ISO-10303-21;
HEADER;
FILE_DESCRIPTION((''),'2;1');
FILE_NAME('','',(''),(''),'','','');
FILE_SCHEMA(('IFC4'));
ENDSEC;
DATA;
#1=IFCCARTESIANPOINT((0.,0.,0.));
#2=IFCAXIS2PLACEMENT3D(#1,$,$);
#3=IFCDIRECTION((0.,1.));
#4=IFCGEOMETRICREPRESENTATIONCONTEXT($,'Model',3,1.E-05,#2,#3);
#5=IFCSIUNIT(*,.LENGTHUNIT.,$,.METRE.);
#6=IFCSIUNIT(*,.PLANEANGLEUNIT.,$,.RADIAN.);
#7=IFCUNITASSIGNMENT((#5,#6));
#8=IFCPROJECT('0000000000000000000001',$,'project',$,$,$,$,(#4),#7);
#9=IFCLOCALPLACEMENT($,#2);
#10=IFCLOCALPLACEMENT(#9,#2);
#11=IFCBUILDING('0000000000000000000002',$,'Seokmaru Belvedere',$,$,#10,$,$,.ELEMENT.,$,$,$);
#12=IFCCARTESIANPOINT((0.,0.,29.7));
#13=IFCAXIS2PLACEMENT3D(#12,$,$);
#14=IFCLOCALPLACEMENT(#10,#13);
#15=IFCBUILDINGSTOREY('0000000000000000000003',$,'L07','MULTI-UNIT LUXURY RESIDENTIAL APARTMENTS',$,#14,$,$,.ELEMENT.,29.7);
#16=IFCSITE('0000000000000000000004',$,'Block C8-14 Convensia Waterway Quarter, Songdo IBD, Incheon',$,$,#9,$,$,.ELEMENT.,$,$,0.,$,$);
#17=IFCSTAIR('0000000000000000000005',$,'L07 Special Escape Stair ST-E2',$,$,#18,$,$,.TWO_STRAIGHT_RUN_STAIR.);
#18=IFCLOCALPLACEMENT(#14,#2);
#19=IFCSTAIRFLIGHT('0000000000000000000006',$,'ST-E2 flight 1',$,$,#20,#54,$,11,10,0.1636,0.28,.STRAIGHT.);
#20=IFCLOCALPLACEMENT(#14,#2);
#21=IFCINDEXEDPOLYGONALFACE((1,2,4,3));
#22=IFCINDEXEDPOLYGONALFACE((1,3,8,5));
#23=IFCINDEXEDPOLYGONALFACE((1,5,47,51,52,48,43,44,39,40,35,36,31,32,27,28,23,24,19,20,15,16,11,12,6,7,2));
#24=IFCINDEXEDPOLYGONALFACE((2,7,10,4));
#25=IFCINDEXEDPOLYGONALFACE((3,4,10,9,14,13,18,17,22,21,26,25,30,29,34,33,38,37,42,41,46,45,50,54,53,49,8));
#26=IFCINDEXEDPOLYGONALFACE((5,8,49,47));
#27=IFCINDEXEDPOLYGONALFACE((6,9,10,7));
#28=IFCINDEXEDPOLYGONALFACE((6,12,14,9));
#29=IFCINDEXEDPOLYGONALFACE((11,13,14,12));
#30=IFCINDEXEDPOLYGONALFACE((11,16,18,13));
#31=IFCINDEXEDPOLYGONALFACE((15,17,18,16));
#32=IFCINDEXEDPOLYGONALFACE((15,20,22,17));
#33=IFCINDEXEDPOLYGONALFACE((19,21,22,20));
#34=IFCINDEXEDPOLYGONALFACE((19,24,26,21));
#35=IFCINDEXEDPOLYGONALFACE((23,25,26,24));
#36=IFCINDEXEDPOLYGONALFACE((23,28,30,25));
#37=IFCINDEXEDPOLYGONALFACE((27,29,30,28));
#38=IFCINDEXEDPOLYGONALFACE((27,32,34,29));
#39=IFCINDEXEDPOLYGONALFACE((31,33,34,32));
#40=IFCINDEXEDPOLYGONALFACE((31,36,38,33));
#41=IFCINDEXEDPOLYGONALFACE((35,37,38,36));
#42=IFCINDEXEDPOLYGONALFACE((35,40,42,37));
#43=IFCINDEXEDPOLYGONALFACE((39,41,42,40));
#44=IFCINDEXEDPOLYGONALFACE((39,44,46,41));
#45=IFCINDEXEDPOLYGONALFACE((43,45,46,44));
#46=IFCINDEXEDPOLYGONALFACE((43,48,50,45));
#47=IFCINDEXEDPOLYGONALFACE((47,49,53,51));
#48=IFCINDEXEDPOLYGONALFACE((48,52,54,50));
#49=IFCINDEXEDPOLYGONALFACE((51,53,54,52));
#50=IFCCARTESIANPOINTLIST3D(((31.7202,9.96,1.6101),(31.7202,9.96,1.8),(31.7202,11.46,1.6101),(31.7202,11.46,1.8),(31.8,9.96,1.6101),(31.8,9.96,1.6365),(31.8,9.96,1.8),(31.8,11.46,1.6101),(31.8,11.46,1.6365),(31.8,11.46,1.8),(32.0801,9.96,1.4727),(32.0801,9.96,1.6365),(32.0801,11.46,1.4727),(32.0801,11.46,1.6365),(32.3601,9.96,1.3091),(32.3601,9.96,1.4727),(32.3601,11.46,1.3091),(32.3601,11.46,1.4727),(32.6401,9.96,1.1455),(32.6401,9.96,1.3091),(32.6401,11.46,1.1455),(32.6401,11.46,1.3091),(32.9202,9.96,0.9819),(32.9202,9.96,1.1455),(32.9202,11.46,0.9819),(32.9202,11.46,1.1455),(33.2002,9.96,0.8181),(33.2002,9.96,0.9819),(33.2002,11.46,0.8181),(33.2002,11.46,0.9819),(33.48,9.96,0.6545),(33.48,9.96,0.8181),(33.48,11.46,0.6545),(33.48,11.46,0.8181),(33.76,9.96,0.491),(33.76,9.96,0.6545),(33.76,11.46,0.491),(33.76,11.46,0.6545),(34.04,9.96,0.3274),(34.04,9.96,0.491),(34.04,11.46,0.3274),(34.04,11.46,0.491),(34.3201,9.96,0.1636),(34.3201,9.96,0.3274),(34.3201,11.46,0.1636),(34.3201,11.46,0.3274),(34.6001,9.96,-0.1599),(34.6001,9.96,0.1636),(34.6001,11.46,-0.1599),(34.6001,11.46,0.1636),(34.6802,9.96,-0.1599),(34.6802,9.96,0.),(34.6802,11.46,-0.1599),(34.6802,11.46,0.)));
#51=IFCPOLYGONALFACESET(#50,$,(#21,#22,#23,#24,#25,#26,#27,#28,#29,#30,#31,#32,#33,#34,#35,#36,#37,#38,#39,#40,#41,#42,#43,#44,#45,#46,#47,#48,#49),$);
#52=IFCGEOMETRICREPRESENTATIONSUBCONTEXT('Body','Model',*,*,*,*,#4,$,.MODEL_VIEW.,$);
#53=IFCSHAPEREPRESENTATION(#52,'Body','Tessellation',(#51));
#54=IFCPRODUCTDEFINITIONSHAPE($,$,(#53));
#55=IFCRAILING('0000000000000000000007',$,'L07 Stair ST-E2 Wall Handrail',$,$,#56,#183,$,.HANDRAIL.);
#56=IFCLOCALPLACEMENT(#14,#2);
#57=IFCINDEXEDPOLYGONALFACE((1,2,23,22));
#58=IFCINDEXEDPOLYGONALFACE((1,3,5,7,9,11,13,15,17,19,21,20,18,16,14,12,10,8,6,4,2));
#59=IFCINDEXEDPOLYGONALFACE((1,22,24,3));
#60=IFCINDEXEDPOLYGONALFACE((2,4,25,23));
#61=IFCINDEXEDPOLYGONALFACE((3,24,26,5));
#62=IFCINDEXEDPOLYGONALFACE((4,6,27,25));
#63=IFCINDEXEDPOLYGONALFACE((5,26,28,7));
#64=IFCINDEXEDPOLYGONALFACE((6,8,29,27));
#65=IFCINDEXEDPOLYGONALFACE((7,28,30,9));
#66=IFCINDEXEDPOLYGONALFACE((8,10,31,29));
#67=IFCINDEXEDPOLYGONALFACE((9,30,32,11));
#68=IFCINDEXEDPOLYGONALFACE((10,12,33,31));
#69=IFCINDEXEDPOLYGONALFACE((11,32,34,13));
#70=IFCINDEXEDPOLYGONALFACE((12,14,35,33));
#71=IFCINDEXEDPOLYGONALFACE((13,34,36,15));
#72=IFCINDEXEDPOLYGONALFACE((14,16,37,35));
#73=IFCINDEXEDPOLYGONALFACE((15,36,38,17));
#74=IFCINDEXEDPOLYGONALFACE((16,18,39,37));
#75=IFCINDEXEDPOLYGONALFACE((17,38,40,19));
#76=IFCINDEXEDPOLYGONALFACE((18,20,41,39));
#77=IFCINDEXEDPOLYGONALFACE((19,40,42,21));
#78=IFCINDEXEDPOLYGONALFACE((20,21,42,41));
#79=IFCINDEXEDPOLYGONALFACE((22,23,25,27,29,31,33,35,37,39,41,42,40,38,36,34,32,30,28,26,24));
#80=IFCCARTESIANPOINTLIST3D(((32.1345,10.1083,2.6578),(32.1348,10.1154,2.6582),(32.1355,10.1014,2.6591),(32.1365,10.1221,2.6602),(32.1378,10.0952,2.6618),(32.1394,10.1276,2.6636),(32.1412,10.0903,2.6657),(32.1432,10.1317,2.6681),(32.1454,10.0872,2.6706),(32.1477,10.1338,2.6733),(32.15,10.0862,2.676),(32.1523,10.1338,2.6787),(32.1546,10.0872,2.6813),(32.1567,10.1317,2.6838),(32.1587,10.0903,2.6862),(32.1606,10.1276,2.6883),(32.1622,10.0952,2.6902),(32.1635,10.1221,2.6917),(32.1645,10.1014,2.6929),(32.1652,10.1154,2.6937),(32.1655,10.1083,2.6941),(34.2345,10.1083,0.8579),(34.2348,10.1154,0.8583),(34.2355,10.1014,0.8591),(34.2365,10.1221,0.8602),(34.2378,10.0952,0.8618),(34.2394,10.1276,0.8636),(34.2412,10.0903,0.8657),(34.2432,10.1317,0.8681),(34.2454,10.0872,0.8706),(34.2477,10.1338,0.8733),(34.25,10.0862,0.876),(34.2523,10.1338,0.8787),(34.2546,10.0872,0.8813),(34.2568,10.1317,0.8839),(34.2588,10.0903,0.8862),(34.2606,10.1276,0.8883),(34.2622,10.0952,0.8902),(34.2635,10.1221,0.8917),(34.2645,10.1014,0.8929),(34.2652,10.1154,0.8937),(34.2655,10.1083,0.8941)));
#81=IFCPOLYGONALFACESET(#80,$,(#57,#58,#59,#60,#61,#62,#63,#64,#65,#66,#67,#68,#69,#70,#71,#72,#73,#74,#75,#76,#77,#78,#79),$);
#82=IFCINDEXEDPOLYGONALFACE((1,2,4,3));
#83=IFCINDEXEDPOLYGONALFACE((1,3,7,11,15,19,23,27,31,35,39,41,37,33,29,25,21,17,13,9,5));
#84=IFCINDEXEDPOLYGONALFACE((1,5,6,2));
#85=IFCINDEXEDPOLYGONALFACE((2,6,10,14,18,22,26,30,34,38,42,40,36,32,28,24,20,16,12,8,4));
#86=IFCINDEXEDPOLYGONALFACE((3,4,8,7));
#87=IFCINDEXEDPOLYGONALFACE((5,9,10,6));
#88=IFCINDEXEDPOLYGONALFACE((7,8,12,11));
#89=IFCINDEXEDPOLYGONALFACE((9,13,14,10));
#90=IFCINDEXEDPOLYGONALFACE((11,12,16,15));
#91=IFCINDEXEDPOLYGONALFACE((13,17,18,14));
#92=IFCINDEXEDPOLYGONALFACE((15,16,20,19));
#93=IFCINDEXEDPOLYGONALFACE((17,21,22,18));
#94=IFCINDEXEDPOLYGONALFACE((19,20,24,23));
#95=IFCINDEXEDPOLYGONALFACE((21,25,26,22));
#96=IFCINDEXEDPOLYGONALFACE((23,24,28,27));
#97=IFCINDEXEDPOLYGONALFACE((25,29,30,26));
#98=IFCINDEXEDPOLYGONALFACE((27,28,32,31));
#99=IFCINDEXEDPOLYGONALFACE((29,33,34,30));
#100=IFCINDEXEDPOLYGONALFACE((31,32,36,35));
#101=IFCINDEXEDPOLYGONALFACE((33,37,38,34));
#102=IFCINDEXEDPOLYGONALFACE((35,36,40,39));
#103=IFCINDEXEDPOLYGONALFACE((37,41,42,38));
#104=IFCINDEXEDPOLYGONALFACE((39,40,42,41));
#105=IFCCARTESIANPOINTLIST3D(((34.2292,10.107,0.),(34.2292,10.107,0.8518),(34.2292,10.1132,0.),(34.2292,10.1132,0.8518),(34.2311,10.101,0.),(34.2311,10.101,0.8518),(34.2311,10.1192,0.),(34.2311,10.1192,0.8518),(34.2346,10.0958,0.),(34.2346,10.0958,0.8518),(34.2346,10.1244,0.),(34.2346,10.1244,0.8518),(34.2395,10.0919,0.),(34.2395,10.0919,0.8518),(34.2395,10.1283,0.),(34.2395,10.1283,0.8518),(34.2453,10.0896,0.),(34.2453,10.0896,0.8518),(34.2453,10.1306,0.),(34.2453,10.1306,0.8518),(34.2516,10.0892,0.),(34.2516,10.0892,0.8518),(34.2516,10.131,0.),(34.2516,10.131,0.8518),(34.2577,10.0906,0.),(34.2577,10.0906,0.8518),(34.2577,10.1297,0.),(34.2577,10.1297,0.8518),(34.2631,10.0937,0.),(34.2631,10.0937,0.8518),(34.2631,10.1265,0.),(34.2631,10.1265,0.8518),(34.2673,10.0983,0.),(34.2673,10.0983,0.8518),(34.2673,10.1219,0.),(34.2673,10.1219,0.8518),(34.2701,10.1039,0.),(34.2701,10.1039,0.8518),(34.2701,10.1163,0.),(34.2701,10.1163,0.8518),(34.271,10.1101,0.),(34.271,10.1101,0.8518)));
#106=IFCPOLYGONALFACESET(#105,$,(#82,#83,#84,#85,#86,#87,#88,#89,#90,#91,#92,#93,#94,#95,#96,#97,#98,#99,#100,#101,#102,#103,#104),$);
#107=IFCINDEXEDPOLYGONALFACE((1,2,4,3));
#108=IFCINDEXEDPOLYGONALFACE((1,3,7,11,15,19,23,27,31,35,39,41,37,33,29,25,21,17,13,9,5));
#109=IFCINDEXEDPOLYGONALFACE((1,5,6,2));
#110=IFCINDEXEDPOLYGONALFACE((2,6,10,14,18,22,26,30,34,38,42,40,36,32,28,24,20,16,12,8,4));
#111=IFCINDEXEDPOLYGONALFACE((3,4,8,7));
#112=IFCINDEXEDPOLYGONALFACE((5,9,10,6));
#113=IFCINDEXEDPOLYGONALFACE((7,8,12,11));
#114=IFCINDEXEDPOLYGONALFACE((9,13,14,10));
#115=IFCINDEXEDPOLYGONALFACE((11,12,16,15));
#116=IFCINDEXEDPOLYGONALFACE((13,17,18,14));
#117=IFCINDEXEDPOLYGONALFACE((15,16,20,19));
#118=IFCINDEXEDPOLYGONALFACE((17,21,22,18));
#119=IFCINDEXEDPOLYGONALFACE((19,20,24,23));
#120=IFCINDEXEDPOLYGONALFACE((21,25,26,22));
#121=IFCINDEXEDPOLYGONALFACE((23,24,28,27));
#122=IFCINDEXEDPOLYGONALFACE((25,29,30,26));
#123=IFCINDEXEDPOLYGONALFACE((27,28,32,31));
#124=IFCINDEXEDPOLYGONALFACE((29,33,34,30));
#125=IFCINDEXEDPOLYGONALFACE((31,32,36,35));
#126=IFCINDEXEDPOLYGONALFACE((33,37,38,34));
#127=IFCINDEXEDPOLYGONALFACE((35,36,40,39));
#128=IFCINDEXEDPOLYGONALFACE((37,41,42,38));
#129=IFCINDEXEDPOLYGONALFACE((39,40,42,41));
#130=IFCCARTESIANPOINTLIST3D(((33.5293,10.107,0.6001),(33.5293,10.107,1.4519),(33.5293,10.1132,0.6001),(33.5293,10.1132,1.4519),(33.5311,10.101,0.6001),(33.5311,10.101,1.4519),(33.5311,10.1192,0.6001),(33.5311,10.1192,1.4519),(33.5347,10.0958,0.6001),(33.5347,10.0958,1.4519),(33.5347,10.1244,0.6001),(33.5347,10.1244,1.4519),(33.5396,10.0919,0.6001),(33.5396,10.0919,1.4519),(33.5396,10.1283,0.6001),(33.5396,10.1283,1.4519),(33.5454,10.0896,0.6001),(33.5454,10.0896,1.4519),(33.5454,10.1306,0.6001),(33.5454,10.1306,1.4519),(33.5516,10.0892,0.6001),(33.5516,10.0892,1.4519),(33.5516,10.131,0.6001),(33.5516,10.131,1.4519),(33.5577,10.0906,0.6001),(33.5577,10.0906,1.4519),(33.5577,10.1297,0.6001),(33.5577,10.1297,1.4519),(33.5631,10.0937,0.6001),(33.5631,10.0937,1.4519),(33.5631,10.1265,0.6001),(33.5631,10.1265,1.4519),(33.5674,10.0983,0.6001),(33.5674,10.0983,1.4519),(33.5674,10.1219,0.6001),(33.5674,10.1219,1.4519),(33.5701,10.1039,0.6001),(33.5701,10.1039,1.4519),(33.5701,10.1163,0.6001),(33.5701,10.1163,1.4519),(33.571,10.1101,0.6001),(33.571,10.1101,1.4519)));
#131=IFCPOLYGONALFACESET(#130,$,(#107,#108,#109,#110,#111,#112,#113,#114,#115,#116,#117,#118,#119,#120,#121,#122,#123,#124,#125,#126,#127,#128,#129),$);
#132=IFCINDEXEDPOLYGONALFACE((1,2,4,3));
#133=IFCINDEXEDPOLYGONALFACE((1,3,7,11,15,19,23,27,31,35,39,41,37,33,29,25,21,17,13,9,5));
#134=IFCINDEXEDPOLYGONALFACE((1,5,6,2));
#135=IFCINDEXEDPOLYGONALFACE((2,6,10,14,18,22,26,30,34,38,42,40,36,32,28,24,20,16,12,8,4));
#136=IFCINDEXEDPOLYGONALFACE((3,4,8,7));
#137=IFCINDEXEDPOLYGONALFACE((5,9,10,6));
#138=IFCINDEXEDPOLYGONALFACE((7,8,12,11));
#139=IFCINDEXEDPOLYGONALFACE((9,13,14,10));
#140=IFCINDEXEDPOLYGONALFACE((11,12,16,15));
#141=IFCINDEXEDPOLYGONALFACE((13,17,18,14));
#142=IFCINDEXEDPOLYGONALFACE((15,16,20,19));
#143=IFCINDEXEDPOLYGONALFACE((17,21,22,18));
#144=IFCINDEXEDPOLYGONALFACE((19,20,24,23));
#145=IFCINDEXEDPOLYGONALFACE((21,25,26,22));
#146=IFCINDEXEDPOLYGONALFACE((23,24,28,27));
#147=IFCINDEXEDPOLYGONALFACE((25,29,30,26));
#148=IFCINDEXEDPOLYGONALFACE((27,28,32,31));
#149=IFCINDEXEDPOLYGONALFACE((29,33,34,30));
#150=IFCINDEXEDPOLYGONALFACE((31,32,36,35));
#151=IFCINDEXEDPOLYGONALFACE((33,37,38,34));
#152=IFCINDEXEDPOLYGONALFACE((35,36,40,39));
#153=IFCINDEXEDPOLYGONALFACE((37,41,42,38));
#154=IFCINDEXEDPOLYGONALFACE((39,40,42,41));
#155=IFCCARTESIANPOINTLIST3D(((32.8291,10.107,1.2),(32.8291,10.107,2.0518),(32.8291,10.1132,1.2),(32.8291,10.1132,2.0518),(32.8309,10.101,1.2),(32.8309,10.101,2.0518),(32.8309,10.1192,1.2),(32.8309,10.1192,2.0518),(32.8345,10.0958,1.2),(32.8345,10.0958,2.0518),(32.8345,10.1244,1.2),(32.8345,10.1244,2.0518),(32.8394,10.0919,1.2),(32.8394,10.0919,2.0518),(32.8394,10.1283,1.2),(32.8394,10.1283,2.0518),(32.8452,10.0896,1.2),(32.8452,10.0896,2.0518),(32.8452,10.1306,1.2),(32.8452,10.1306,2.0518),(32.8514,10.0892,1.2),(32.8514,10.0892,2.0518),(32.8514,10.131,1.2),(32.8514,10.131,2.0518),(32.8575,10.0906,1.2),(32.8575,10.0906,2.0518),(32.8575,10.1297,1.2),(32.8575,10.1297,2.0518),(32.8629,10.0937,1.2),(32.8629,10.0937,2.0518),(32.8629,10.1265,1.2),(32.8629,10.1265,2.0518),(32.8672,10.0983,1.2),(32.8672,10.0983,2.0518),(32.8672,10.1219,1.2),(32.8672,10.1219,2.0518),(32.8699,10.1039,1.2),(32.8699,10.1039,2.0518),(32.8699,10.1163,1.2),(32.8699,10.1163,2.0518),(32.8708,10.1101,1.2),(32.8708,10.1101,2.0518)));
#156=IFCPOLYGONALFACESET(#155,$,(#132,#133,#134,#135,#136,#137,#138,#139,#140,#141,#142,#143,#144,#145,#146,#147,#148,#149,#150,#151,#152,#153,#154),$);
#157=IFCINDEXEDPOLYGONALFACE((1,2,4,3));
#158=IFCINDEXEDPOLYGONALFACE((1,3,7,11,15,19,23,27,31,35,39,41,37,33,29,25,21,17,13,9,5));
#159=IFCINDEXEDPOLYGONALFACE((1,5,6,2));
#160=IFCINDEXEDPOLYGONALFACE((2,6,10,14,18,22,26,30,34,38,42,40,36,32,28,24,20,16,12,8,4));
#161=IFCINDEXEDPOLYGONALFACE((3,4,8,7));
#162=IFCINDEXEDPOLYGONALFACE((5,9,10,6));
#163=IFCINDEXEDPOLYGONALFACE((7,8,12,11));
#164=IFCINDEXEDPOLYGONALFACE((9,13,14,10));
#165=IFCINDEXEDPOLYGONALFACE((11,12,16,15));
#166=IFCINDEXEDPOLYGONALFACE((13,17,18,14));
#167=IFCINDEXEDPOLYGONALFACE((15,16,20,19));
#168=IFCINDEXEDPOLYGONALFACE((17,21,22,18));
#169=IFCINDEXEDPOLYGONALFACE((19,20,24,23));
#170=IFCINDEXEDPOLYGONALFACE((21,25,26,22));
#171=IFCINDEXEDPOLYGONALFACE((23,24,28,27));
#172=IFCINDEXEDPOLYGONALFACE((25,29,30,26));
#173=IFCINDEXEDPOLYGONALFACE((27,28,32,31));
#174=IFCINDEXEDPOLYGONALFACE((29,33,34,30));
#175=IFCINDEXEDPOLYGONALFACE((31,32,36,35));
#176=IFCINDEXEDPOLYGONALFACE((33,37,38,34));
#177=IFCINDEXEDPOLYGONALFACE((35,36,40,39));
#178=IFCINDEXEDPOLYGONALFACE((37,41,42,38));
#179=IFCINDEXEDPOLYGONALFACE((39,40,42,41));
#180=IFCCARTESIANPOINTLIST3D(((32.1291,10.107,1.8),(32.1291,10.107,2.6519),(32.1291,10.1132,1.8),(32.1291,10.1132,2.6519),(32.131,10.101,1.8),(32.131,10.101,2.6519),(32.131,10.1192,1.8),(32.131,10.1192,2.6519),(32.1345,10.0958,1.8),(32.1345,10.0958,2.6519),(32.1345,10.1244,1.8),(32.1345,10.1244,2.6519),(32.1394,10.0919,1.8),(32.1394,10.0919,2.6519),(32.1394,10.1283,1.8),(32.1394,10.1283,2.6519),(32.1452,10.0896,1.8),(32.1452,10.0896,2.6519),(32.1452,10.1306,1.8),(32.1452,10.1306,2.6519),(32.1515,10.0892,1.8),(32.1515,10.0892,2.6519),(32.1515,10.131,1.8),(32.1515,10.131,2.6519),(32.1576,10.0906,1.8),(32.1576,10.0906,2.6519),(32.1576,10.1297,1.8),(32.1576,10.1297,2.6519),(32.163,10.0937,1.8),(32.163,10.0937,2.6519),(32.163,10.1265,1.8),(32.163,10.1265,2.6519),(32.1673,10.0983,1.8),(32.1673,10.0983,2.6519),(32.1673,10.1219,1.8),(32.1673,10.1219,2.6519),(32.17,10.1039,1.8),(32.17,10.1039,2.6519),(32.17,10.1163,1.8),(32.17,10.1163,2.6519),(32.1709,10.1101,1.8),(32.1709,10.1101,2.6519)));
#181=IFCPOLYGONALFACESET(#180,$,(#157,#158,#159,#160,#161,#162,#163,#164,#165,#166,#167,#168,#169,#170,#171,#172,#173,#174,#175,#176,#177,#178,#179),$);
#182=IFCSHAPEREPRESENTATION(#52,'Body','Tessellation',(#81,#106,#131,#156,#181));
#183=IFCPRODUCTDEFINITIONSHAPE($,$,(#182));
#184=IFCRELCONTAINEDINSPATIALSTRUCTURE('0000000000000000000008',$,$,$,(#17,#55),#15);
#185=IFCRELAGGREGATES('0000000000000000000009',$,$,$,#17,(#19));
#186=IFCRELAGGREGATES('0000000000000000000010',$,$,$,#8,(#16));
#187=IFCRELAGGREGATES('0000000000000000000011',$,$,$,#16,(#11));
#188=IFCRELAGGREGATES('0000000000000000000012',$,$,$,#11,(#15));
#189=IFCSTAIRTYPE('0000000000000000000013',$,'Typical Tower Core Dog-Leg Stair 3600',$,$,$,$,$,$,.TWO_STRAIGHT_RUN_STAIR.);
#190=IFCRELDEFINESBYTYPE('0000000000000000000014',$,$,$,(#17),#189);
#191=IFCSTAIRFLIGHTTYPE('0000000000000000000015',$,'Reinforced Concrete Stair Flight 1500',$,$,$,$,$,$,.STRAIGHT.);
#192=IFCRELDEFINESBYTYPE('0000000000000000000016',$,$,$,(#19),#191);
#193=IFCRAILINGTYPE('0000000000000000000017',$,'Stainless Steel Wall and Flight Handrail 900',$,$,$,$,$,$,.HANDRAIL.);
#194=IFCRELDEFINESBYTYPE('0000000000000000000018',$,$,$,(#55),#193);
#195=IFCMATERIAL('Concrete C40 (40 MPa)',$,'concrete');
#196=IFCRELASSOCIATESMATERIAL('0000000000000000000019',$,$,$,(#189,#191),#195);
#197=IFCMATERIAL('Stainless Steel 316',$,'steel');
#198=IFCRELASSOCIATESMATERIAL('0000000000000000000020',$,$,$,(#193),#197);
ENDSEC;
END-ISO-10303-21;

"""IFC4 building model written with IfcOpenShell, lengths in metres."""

from ifc_helpers import new_model, si_unit, direction, frame, origin, origin_2d, place, context, subcontext, project, spatial, polyline, circle, outline, extrude, material, type_object, element, aggregate, save


model = new_model("IFC4")

# Units and contexts
model_context = context("Model", 3, precision=1e-05, world=origin(), true_north=direction((0.0, 1.0)))
body_context = subcontext(model_context, "Body", "Model", "MODEL_VIEW")
ifc_project = project(units=[si_unit("LENGTHUNIT", "METRE"), si_unit("PLANEANGLEUNIT", "RADIAN")], contexts=[model_context])

# Site, building, storey
site_placement = place(None, origin())
site = spatial("IfcSite", under=ifc_project, at=site_placement, Name="Block C8-14 Convensia Waterway Quarter, Songdo IBD, Incheon", CompositionType="ELEMENT", RefElevation=0.0)
building_placement = place(site_placement, origin())
building = spatial("IfcBuilding", under=site, at=building_placement, Name="Seokmaru Belvedere", CompositionType="ELEMENT")
storey_placement = place(building_placement, frame((0.0, 0.0, 29.7)))
storey = spatial("IfcBuildingStorey", under=building, at=storey_placement, Name="L07", Description="MULTI-UNIT LUXURY RESIDENTIAL APARTMENTS", CompositionType="ELEMENT", Elevation=29.7)

# Stair, stair flight
ifc_material_1 = material(Name="Concrete C40 (40 MPa)", Category="concrete")
stair_type = type_object("IfcStairType", Name="Typical Tower Core Dog-Leg Stair 3600", PredefinedType="TWO_STRAIGHT_RUN_STAIR", material=ifc_material_1)
stair_placement = place(storey_placement, origin())
stair = element("IfcStair", 1, at=stair_placement, inside=storey, type_object=stair_type, Name="L07 Special Escape Stair ST-E2", PredefinedType="TWO_STRAIGHT_RUN_STAIR")
stair_flight_type = type_object("IfcStairFlightType", Name="Reinforced Concrete Stair Flight 1500", PredefinedType="STRAIGHT", material=ifc_material_1)
stair_flight_placement = place(storey_placement, frame((34.6001, 10.71, 0.0), z_axis=(0.0, 0.0, 1.0), x_axis=(-1.0, 0.0, 0.0)))
stair_flight = element("IfcStairFlight", 2, at=stair_flight_placement, type_object=stair_flight_type, Name="ST-E2 flight 1", NumberOfRisers=11, NumberOfTreads=10, PredefinedType="STRAIGHT", RiserHeight=0.1636, TreadLength=0.28, context=body_context, shape_type="SweptSolid", body=[
    extrude(outline(polyline([(-0.0801, 0.0), (0.0, 0.1636), (0.28, 0.1636), (0.28, 0.3274), (0.5601, 0.3274), (0.5601, 0.491), (0.8401, 0.491), (0.8401, 0.6545), (1.1201, 0.6545), (1.1201, 0.8181), (1.3999, 0.8181), (1.3999, 0.9819), (1.6799, 0.9819), (1.6799, 1.1455), (1.96, 1.1455), (1.96, 1.3091), (2.24, 1.3091), (2.24, 1.4727), (2.52, 1.4727), (2.52, 1.6365), (2.8, 1.6365), (2.8, 1.8), (2.8799, 1.8), (2.8799, 1.6101), (2.8, 1.6101), (0.0, -0.1599), (-0.0801, -0.1599), (-0.0801, 0.0)])), frame((0.0, 0.75, 0.0), z_axis=(0.0, -1.0, 0.0), x_axis=(1.0, 0.0, 0.0)), (0.0, 0.0, 1.0), 1.5),
])
aggregate(stair, [stair_flight])

# Railing
ifc_material_2 = material(Name="Stainless Steel 316", Category="steel")
railing_type = type_object("IfcRailingType", Name="Stainless Steel Wall and Flight Handrail 900", PredefinedType="HANDRAIL", material=ifc_material_2)
railing_placement = place(storey_placement, frame((34.25, 10.1101, 0.0)))
element("IfcRailing", 3, at=railing_placement, inside=storey, type_object=railing_type, Name="L07 Stair ST-E2 Wall Handrail", PredefinedType="HANDRAIL", context=body_context, shape_type="SweptSolid", body=[
    extrude(circle(Radius=0.0239, at=origin_2d()), frame((0.0, 0.0, 0.876), z_axis=(-0.759263, 0.0, 0.650784), x_axis=(0.0, -1.0, 0.0)), (0.0, 0.0, 1.0), 2.7659),
    extrude(circle(Radius=0.021, at=origin_2d()), origin(), (0.0, 0.0, 1.0), 0.8518),
    extrude(circle(Radius=0.021, at=origin_2d()), frame((-0.7, 0.0, 0.6001)), (0.0, 0.0, 1.0), 0.8518),
    extrude(circle(Radius=0.021, at=origin_2d()), frame((-1.4001, 0.0, 1.2)), (0.0, 0.0, 1.0), 0.8518),
    extrude(circle(Radius=0.021, at=origin_2d()), frame((-2.1001, 0.0, 1.8)), (0.0, 0.0, 1.0), 0.8518),
])

save(model, "model.ifc")
